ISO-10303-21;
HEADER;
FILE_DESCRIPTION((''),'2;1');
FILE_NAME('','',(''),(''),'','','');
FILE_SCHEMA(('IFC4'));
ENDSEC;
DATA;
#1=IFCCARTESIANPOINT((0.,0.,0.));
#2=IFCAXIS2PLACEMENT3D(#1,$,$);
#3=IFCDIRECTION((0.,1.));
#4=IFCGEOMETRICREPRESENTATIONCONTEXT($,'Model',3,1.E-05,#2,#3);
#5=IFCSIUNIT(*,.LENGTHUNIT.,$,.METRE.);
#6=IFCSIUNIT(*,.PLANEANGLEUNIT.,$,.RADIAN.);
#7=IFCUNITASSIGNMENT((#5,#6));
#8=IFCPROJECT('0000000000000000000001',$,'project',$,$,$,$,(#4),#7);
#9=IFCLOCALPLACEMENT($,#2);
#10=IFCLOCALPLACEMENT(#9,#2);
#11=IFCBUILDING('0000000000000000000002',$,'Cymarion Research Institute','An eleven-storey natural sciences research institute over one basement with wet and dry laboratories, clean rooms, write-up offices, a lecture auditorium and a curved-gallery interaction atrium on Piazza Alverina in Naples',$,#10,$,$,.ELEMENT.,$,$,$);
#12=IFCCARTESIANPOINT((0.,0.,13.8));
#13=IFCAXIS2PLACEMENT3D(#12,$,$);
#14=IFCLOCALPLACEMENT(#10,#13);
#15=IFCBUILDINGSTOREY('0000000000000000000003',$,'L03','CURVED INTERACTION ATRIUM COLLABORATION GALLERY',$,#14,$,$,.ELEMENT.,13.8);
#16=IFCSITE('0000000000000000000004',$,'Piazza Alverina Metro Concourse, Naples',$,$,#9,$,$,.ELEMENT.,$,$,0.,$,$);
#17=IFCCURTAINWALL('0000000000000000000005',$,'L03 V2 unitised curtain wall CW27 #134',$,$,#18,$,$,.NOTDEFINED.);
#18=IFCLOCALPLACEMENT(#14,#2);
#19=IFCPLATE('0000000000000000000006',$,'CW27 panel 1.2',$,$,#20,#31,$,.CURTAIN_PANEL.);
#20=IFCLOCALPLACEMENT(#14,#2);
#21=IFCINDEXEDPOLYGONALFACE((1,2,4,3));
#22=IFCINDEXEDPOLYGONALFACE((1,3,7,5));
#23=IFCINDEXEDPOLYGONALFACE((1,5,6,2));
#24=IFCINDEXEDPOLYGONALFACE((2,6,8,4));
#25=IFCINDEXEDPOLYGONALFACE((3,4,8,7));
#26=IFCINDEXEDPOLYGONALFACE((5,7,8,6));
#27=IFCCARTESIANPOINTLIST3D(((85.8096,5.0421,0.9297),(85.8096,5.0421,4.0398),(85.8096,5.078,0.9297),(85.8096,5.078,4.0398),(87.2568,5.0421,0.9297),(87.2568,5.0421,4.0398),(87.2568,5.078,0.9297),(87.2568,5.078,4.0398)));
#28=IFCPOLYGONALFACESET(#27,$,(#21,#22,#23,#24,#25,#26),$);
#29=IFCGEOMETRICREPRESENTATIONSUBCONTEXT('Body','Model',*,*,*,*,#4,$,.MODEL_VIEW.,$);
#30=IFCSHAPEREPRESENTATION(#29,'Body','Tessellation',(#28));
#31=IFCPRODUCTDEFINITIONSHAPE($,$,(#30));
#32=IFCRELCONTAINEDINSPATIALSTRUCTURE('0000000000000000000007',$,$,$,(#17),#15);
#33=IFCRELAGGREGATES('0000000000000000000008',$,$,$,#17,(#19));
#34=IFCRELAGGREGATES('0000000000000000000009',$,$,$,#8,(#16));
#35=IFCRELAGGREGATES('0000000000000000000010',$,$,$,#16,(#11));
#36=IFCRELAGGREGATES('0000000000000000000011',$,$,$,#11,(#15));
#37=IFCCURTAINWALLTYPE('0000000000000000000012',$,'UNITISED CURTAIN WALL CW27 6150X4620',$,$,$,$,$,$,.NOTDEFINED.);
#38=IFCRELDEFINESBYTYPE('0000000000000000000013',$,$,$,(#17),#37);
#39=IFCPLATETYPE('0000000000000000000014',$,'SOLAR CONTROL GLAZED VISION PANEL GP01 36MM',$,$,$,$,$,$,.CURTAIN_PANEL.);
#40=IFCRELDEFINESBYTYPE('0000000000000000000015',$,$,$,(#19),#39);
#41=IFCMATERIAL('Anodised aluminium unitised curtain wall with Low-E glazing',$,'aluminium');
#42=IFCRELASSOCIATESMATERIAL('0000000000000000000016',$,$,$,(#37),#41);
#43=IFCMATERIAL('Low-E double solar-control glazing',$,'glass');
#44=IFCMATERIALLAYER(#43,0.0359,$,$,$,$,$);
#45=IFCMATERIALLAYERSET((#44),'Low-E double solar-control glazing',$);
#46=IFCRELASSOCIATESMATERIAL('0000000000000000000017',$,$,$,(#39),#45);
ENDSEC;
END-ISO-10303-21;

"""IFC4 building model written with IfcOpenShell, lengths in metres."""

from ifc_helpers import new_model, si_unit, direction, frame, origin, origin_2d, place, context, subcontext, project, spatial, rectangle, extrude, material, layer, layer_set, type_object, element, aggregate, save


model = new_model("IFC4")

# Units and contexts
model_context = context("Model", 3, precision=1e-05, world=origin(), true_north=direction((0.0, 1.0)))
body_context = subcontext(model_context, "Body", "Model", "MODEL_VIEW")
ifc_project = project(units=[si_unit("LENGTHUNIT", "METRE"), si_unit("PLANEANGLEUNIT", "RADIAN")], contexts=[model_context])

# Site, building, storey
site_placement = place(None, origin())
site = spatial("IfcSite", under=ifc_project, at=site_placement, Name="Piazza Alverina Metro Concourse, Naples", CompositionType="ELEMENT", RefElevation=0.0)
building_placement = place(site_placement, origin())
building = spatial("IfcBuilding", under=site, at=building_placement, Name="Cymarion Research Institute", Description="An eleven-storey natural sciences research institute over one basement with wet and dry laboratories, clean rooms, write-up offices, a lecture auditorium and a curved-gallery interaction atrium on Piazza Alverina in Naples", CompositionType="ELEMENT")
storey_placement = place(building_placement, frame((0.0, 0.0, 13.8)))
storey = spatial("IfcBuildingStorey", under=building, at=storey_placement, Name="L03", Description="CURVED INTERACTION ATRIUM COLLABORATION GALLERY", CompositionType="ELEMENT", Elevation=13.8)

# Shared definitions
ifc_material_1 = material(Name="Anodised aluminium unitised curtain wall with Low-E glazing", Category="aluminium")
curtain_wall_type = type_object("IfcCurtainWallType", Name="UNITISED CURTAIN WALL CW27 6150X4620", PredefinedType="NOTDEFINED", material=ifc_material_1)

# Curtain wall
curtain_wall_1_placement = place(storey_placement, origin())
curtain_wall_1 = element("IfcCurtainWall", 1, at=curtain_wall_1_placement, inside=storey, type_object=curtain_wall_type, Name="L03 V2 unitised curtain wall CW27 #134", PredefinedType="NOTDEFINED")

# Plate
ifc_material_2 = material(Name="Low-E double solar-control glazing", Category="glass")
ifc_layer_1 = layer(ifc_material_2, 0.0359)
ifc_layer_set_1 = layer_set([ifc_layer_1], Name="Low-E double solar-control glazing")
plate_type_1 = type_object("IfcPlateType", Name="SOLAR CONTROL GLAZED VISION PANEL GP01 36MM", PredefinedType="CURTAIN_PANEL", material=ifc_layer_set_1)
plate_1_placement = place(storey_placement, frame((86.5332, 5.0601, 0.9297), z_axis=(0.0, 0.0, 1.0), x_axis=(1.0, 0.0, 0.0)))
plate_1 = element("IfcPlate", 2, at=plate_1_placement, type_object=plate_type_1, Name="CW27 panel 1.2", PredefinedType="CURTAIN_PANEL", context=body_context, shape_type="SweptSolid", body=[
    extrude(rectangle(XDim=1.4473, YDim=0.0359, at=origin_2d()), origin(), (0.0, 0.0, 1.0), 3.1101),
])
aggregate(curtain_wall_1, [plate_1])

save(model, "model.ifc")
